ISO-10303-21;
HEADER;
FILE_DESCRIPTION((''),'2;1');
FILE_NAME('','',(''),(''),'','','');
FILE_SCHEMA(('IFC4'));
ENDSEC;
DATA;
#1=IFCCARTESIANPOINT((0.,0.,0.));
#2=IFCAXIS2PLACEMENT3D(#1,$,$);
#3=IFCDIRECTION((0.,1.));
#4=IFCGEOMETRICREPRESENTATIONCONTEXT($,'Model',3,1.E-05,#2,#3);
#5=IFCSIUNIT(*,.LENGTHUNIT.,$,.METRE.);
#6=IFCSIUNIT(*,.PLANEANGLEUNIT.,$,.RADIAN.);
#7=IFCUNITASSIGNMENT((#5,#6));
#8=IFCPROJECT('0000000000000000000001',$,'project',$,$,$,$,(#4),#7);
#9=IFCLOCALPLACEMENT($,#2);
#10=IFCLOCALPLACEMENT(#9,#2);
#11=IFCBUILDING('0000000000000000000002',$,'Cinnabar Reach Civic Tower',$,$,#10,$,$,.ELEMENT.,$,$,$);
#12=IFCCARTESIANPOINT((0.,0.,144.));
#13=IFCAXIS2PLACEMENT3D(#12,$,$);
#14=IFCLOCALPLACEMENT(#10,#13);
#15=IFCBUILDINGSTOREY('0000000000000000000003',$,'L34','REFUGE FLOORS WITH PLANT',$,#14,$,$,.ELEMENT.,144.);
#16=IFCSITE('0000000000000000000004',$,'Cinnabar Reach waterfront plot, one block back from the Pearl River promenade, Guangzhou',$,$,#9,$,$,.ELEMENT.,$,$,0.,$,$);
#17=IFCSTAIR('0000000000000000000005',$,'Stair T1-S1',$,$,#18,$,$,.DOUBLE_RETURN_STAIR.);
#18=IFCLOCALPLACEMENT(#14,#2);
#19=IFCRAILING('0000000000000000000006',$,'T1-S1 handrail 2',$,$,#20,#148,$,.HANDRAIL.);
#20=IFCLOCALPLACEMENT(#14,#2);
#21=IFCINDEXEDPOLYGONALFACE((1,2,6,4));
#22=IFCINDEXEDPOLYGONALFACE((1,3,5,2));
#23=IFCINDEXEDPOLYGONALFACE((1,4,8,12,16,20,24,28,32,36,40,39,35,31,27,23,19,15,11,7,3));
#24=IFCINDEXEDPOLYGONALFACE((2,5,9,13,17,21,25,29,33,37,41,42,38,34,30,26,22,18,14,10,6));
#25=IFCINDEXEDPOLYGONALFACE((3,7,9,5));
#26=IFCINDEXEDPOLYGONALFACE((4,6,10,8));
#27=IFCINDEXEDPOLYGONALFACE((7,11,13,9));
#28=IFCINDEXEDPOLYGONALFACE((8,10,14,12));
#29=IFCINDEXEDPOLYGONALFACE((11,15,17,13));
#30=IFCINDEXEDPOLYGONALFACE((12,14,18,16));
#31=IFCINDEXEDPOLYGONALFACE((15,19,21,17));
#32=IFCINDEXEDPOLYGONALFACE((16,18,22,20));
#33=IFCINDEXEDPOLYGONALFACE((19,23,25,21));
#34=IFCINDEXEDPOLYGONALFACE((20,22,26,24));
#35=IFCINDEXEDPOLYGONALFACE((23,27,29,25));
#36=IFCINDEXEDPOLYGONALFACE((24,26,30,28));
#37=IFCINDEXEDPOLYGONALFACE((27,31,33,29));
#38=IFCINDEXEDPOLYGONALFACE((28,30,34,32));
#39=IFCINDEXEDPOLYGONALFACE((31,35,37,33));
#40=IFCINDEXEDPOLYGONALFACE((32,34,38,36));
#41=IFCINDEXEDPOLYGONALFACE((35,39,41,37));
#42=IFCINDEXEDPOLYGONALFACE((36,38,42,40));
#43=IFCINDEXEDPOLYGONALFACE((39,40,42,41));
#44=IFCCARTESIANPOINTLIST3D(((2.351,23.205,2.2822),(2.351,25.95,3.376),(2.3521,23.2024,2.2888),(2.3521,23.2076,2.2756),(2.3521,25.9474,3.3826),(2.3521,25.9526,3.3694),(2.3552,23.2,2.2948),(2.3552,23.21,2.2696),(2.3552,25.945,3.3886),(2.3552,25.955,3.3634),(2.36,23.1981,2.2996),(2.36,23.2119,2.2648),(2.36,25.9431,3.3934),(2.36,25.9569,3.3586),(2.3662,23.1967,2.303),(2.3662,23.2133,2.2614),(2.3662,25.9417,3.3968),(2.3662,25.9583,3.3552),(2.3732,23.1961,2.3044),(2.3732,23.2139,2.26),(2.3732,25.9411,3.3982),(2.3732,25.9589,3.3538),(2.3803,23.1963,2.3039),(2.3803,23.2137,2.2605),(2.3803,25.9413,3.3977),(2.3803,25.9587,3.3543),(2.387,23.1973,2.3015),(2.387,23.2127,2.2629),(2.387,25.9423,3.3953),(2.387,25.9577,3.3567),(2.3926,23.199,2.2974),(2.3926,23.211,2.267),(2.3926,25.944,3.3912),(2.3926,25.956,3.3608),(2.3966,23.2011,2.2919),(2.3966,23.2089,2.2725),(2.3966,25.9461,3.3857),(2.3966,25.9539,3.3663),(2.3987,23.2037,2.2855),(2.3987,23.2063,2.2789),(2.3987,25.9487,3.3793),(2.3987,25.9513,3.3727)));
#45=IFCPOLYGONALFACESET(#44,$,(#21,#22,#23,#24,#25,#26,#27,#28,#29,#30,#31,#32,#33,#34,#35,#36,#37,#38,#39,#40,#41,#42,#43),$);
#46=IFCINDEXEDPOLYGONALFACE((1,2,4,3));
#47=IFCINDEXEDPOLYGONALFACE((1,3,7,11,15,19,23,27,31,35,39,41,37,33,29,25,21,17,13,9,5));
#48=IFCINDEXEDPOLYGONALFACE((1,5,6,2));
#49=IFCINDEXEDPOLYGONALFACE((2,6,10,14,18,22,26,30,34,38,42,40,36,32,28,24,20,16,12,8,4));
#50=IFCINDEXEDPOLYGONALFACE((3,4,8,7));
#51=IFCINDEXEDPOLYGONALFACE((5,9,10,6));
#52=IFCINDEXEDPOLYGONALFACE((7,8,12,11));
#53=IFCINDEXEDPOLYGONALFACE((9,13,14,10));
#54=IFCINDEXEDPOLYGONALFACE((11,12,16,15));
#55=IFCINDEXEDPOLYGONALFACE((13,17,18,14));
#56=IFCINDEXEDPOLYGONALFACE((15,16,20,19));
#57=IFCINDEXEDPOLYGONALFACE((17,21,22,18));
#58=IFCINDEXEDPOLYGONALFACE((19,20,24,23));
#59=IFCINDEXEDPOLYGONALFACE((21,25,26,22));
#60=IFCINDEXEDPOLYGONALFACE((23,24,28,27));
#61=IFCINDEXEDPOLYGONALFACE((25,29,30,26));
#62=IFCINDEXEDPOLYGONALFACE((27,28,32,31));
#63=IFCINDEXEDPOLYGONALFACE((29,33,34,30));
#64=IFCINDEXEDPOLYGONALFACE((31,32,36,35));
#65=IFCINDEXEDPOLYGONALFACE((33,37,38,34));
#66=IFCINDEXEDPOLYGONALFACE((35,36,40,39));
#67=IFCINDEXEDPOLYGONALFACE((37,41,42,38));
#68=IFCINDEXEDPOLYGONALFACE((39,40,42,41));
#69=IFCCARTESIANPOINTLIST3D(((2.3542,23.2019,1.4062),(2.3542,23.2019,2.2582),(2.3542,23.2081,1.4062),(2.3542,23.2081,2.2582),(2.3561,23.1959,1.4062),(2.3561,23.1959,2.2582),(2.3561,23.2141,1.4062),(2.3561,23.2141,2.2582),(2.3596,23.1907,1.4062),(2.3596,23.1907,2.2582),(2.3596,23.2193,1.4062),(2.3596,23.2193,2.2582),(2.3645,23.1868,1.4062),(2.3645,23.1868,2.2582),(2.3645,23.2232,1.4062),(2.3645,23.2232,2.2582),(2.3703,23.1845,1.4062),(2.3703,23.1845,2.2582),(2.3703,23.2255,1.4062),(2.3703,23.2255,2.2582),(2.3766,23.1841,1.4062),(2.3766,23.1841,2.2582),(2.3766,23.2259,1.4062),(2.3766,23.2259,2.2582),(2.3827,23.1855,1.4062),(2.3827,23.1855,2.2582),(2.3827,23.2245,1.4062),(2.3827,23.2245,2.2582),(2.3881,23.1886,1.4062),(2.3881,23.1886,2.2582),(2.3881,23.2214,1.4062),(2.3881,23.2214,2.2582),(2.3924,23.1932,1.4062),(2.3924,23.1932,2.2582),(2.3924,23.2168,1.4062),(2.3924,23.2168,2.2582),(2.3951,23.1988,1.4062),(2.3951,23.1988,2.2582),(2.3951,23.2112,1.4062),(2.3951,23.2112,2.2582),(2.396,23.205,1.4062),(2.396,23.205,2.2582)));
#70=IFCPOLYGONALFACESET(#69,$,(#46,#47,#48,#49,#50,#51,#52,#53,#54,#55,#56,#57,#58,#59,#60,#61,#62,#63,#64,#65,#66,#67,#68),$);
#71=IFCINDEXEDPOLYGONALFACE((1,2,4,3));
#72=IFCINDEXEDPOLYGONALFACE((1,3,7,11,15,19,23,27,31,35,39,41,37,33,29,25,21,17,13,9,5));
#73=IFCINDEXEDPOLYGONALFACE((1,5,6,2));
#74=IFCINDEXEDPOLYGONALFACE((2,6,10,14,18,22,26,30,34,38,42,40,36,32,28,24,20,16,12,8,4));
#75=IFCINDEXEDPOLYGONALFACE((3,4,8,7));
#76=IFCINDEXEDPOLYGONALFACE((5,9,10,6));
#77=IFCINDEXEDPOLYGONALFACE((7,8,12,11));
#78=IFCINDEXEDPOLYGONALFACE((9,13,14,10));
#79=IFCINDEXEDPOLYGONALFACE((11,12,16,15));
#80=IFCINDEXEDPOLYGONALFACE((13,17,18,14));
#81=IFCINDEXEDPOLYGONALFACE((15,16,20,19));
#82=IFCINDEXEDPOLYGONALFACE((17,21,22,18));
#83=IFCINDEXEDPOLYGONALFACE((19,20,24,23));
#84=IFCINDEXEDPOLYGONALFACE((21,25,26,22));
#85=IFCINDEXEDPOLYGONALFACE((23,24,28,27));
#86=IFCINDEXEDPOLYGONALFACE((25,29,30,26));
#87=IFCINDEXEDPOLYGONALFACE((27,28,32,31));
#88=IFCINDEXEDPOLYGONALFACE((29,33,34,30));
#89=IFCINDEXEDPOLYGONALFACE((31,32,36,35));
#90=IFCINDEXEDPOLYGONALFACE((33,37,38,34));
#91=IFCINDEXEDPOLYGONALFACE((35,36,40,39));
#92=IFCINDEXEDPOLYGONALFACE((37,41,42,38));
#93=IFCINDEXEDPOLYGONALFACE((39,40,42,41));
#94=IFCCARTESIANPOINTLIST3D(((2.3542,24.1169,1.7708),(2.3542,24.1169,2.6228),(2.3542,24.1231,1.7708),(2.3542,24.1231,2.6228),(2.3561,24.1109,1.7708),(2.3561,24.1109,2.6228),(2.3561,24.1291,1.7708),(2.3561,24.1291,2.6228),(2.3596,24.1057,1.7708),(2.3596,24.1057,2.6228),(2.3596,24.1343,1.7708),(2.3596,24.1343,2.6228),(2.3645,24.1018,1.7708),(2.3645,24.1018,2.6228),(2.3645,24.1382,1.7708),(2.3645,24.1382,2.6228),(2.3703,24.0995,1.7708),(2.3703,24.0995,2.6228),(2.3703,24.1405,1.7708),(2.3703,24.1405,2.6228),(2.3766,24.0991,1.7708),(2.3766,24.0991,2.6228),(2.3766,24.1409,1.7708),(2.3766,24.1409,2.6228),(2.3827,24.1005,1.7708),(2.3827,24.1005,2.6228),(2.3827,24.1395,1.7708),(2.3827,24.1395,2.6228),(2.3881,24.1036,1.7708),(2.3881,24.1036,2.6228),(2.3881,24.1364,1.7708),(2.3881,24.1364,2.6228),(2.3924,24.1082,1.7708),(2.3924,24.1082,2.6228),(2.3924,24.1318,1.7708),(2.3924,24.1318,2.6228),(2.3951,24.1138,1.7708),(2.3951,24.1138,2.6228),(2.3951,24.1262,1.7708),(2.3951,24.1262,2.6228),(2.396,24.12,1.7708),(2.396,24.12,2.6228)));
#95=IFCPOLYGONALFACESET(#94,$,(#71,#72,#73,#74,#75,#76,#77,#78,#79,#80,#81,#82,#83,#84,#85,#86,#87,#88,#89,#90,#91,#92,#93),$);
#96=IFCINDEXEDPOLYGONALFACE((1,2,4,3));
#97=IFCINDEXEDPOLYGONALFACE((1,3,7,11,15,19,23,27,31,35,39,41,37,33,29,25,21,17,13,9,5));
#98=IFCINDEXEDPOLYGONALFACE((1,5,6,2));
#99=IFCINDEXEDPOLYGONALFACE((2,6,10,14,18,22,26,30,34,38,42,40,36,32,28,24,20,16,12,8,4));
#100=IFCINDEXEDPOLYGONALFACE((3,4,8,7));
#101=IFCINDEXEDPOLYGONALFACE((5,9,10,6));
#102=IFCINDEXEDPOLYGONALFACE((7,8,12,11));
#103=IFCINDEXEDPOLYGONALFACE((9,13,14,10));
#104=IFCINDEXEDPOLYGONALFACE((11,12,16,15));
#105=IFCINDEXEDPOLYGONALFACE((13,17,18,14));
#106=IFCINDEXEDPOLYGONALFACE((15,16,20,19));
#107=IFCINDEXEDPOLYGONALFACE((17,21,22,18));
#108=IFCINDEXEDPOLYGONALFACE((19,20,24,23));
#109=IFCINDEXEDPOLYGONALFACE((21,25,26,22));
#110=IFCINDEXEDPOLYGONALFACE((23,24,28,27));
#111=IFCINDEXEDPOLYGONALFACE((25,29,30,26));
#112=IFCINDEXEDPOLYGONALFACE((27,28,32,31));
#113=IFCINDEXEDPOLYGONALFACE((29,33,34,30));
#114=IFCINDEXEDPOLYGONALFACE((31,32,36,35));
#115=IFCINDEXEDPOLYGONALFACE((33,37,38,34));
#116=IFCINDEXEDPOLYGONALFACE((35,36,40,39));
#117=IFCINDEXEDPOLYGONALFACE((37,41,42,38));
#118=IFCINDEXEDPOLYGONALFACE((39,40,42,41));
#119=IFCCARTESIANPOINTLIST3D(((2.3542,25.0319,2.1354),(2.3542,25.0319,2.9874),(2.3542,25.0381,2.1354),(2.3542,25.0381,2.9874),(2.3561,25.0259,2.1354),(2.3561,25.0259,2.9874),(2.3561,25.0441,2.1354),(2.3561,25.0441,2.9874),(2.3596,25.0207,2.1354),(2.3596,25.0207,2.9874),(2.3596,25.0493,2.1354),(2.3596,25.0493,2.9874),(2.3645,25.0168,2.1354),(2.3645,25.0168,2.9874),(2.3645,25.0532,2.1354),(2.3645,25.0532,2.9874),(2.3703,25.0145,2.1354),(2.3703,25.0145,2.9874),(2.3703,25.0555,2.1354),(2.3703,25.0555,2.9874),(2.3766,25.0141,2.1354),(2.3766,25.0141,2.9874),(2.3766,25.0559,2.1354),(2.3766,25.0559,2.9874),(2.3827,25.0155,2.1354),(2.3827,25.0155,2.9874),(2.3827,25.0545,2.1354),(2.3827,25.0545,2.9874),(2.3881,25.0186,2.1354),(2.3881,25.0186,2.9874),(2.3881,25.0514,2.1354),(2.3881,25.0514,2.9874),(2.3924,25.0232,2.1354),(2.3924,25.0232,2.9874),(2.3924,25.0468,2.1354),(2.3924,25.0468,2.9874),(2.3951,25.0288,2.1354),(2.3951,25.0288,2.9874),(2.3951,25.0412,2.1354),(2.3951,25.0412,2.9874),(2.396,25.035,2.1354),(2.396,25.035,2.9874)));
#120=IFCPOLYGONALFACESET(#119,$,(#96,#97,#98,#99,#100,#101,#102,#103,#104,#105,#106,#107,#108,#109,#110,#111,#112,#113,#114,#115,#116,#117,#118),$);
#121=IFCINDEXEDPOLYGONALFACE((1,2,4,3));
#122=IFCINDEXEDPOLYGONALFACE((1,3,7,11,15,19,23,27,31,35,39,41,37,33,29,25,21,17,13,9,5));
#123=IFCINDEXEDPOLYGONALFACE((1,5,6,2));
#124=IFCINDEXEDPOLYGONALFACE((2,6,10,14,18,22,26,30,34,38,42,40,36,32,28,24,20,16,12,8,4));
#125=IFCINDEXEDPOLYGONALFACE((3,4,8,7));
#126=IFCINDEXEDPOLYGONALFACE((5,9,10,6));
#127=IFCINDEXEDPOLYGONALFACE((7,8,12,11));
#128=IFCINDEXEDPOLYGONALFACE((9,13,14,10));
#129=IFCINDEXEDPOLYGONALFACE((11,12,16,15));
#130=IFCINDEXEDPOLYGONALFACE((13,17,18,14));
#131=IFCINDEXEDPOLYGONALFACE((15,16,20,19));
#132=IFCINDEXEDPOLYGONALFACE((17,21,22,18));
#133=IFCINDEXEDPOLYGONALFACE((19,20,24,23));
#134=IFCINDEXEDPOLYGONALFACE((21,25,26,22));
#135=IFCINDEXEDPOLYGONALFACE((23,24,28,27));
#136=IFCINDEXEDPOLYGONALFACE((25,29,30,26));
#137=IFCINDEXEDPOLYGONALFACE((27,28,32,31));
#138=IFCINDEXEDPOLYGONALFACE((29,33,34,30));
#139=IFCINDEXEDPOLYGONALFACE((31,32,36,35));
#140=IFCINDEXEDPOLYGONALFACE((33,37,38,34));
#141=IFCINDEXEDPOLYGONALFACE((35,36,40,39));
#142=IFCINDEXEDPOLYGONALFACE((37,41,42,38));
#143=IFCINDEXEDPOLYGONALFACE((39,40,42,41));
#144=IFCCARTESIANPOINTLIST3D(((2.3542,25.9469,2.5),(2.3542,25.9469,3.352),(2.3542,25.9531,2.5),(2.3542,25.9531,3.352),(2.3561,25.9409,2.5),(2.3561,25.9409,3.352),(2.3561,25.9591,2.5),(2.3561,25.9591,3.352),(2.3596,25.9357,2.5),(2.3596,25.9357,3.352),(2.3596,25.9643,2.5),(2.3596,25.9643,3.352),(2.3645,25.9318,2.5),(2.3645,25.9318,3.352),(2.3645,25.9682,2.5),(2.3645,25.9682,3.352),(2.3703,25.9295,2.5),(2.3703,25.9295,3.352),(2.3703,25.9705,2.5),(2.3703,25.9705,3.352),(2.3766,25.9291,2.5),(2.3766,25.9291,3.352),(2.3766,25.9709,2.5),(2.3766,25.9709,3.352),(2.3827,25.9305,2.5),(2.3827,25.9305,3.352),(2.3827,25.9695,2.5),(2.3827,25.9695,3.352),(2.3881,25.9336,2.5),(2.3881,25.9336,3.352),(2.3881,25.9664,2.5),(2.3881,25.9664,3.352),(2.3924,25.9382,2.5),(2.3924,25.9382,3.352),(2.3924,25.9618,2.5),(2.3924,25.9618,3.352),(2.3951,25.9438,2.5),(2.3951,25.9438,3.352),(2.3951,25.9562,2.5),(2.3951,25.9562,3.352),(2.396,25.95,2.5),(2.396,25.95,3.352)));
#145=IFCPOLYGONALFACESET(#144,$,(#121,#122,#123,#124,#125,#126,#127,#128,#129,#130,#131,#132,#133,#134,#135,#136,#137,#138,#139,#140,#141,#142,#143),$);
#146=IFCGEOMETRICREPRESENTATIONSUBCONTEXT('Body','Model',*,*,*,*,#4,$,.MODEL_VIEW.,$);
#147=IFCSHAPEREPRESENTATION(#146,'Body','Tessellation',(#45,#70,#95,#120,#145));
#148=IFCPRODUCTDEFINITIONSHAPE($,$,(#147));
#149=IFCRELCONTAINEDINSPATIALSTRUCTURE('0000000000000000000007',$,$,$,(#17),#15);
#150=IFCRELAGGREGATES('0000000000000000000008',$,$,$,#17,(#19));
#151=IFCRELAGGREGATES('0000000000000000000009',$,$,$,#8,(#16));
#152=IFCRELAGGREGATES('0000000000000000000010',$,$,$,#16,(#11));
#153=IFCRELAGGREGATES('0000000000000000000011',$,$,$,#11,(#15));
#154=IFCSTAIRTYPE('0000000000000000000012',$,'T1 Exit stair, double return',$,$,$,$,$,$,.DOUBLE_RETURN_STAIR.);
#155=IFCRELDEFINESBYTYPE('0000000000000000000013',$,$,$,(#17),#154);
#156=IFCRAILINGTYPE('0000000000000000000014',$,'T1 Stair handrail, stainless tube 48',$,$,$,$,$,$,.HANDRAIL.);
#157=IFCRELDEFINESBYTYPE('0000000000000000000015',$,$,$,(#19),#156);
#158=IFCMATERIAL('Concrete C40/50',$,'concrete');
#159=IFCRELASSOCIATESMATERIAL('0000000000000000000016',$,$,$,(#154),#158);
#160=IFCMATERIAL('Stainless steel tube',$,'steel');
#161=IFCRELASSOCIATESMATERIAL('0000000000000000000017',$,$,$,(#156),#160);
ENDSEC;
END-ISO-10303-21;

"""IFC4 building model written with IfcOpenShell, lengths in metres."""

from ifc_helpers import new_model, si_unit, direction, frame, origin, origin_2d, place, context, subcontext, project, spatial, circle, extrude, material, type_object, element, aggregate, save


model = new_model("IFC4")

# Units and contexts
model_context = context("Model", 3, precision=1e-05, world=origin(), true_north=direction((0.0, 1.0)))
body_context = subcontext(model_context, "Body", "Model", "MODEL_VIEW")
ifc_project = project(units=[si_unit("LENGTHUNIT", "METRE"), si_unit("PLANEANGLEUNIT", "RADIAN")], contexts=[model_context])

# Site, building, storey
site_placement = place(None, origin())
site = spatial("IfcSite", under=ifc_project, at=site_placement, Name="Cinnabar Reach waterfront plot, one block back from the Pearl River promenade, Guangzhou", CompositionType="ELEMENT", RefElevation=0.0)
building_placement = place(site_placement, origin())
building = spatial("IfcBuilding", under=site, at=building_placement, Name="Cinnabar Reach Civic Tower", CompositionType="ELEMENT")
storey_placement = place(building_placement, frame((0.0, 0.0, 144.0)))
storey = spatial("IfcBuildingStorey", under=building, at=storey_placement, Name="L34", Description="REFUGE FLOORS WITH PLANT", CompositionType="ELEMENT", Elevation=144.0)

# Shared definitions
ifc_material_1 = material(Name="Concrete C40/50", Category="concrete")

# Stair, railing
stair_type = type_object("IfcStairType", Name="T1 Exit stair, double return", PredefinedType="DOUBLE_RETURN_STAIR", material=ifc_material_1)
stair_placement = place(storey_placement, origin())
stair = element("IfcStair", 1, at=stair_placement, inside=storey, type_object=stair_type, Name="Stair T1-S1", PredefinedType="DOUBLE_RETURN_STAIR")
ifc_material_2 = material(Name="Stainless steel tube", Category="steel")
railing_type = type_object("IfcRailingType", Name="T1 Stair handrail, stainless tube 48", PredefinedType="HANDRAIL", material=ifc_material_2)
railing_1_placement = place(storey_placement, frame((2.375, 23.205, 1.4062)))
railing_1 = element("IfcRailing", 2, at=railing_1_placement, type_object=railing_type, Name="T1-S1 handrail 2", PredefinedType="HANDRAIL", context=body_context, shape_type="SweptSolid", body=[
    extrude(circle(Radius=0.024, at=origin_2d()), frame((0.0, 0.0, 0.876), z_axis=(0.0, 0.928966, 0.370165), x_axis=(-1.0, 0.0, 0.0)), (0.0, 0.0, 1.0), 2.9549),
    extrude(circle(Radius=0.021, at=origin_2d()), origin(), (0.0, 0.0, 1.0), 0.852),
    extrude(circle(Radius=0.021, at=origin_2d()), frame((0.0, 0.915, 0.3646)), (0.0, 0.0, 1.0), 0.852),
    extrude(circle(Radius=0.021, at=origin_2d()), frame((0.0, 1.83, 0.7292)), (0.0, 0.0, 1.0), 0.852),
    extrude(circle(Radius=0.021, at=origin_2d()), frame((0.0, 2.745, 1.0938)), (0.0, 0.0, 1.0), 0.852),
])
aggregate(stair, [railing_1])

save(model, "model.ifc")
